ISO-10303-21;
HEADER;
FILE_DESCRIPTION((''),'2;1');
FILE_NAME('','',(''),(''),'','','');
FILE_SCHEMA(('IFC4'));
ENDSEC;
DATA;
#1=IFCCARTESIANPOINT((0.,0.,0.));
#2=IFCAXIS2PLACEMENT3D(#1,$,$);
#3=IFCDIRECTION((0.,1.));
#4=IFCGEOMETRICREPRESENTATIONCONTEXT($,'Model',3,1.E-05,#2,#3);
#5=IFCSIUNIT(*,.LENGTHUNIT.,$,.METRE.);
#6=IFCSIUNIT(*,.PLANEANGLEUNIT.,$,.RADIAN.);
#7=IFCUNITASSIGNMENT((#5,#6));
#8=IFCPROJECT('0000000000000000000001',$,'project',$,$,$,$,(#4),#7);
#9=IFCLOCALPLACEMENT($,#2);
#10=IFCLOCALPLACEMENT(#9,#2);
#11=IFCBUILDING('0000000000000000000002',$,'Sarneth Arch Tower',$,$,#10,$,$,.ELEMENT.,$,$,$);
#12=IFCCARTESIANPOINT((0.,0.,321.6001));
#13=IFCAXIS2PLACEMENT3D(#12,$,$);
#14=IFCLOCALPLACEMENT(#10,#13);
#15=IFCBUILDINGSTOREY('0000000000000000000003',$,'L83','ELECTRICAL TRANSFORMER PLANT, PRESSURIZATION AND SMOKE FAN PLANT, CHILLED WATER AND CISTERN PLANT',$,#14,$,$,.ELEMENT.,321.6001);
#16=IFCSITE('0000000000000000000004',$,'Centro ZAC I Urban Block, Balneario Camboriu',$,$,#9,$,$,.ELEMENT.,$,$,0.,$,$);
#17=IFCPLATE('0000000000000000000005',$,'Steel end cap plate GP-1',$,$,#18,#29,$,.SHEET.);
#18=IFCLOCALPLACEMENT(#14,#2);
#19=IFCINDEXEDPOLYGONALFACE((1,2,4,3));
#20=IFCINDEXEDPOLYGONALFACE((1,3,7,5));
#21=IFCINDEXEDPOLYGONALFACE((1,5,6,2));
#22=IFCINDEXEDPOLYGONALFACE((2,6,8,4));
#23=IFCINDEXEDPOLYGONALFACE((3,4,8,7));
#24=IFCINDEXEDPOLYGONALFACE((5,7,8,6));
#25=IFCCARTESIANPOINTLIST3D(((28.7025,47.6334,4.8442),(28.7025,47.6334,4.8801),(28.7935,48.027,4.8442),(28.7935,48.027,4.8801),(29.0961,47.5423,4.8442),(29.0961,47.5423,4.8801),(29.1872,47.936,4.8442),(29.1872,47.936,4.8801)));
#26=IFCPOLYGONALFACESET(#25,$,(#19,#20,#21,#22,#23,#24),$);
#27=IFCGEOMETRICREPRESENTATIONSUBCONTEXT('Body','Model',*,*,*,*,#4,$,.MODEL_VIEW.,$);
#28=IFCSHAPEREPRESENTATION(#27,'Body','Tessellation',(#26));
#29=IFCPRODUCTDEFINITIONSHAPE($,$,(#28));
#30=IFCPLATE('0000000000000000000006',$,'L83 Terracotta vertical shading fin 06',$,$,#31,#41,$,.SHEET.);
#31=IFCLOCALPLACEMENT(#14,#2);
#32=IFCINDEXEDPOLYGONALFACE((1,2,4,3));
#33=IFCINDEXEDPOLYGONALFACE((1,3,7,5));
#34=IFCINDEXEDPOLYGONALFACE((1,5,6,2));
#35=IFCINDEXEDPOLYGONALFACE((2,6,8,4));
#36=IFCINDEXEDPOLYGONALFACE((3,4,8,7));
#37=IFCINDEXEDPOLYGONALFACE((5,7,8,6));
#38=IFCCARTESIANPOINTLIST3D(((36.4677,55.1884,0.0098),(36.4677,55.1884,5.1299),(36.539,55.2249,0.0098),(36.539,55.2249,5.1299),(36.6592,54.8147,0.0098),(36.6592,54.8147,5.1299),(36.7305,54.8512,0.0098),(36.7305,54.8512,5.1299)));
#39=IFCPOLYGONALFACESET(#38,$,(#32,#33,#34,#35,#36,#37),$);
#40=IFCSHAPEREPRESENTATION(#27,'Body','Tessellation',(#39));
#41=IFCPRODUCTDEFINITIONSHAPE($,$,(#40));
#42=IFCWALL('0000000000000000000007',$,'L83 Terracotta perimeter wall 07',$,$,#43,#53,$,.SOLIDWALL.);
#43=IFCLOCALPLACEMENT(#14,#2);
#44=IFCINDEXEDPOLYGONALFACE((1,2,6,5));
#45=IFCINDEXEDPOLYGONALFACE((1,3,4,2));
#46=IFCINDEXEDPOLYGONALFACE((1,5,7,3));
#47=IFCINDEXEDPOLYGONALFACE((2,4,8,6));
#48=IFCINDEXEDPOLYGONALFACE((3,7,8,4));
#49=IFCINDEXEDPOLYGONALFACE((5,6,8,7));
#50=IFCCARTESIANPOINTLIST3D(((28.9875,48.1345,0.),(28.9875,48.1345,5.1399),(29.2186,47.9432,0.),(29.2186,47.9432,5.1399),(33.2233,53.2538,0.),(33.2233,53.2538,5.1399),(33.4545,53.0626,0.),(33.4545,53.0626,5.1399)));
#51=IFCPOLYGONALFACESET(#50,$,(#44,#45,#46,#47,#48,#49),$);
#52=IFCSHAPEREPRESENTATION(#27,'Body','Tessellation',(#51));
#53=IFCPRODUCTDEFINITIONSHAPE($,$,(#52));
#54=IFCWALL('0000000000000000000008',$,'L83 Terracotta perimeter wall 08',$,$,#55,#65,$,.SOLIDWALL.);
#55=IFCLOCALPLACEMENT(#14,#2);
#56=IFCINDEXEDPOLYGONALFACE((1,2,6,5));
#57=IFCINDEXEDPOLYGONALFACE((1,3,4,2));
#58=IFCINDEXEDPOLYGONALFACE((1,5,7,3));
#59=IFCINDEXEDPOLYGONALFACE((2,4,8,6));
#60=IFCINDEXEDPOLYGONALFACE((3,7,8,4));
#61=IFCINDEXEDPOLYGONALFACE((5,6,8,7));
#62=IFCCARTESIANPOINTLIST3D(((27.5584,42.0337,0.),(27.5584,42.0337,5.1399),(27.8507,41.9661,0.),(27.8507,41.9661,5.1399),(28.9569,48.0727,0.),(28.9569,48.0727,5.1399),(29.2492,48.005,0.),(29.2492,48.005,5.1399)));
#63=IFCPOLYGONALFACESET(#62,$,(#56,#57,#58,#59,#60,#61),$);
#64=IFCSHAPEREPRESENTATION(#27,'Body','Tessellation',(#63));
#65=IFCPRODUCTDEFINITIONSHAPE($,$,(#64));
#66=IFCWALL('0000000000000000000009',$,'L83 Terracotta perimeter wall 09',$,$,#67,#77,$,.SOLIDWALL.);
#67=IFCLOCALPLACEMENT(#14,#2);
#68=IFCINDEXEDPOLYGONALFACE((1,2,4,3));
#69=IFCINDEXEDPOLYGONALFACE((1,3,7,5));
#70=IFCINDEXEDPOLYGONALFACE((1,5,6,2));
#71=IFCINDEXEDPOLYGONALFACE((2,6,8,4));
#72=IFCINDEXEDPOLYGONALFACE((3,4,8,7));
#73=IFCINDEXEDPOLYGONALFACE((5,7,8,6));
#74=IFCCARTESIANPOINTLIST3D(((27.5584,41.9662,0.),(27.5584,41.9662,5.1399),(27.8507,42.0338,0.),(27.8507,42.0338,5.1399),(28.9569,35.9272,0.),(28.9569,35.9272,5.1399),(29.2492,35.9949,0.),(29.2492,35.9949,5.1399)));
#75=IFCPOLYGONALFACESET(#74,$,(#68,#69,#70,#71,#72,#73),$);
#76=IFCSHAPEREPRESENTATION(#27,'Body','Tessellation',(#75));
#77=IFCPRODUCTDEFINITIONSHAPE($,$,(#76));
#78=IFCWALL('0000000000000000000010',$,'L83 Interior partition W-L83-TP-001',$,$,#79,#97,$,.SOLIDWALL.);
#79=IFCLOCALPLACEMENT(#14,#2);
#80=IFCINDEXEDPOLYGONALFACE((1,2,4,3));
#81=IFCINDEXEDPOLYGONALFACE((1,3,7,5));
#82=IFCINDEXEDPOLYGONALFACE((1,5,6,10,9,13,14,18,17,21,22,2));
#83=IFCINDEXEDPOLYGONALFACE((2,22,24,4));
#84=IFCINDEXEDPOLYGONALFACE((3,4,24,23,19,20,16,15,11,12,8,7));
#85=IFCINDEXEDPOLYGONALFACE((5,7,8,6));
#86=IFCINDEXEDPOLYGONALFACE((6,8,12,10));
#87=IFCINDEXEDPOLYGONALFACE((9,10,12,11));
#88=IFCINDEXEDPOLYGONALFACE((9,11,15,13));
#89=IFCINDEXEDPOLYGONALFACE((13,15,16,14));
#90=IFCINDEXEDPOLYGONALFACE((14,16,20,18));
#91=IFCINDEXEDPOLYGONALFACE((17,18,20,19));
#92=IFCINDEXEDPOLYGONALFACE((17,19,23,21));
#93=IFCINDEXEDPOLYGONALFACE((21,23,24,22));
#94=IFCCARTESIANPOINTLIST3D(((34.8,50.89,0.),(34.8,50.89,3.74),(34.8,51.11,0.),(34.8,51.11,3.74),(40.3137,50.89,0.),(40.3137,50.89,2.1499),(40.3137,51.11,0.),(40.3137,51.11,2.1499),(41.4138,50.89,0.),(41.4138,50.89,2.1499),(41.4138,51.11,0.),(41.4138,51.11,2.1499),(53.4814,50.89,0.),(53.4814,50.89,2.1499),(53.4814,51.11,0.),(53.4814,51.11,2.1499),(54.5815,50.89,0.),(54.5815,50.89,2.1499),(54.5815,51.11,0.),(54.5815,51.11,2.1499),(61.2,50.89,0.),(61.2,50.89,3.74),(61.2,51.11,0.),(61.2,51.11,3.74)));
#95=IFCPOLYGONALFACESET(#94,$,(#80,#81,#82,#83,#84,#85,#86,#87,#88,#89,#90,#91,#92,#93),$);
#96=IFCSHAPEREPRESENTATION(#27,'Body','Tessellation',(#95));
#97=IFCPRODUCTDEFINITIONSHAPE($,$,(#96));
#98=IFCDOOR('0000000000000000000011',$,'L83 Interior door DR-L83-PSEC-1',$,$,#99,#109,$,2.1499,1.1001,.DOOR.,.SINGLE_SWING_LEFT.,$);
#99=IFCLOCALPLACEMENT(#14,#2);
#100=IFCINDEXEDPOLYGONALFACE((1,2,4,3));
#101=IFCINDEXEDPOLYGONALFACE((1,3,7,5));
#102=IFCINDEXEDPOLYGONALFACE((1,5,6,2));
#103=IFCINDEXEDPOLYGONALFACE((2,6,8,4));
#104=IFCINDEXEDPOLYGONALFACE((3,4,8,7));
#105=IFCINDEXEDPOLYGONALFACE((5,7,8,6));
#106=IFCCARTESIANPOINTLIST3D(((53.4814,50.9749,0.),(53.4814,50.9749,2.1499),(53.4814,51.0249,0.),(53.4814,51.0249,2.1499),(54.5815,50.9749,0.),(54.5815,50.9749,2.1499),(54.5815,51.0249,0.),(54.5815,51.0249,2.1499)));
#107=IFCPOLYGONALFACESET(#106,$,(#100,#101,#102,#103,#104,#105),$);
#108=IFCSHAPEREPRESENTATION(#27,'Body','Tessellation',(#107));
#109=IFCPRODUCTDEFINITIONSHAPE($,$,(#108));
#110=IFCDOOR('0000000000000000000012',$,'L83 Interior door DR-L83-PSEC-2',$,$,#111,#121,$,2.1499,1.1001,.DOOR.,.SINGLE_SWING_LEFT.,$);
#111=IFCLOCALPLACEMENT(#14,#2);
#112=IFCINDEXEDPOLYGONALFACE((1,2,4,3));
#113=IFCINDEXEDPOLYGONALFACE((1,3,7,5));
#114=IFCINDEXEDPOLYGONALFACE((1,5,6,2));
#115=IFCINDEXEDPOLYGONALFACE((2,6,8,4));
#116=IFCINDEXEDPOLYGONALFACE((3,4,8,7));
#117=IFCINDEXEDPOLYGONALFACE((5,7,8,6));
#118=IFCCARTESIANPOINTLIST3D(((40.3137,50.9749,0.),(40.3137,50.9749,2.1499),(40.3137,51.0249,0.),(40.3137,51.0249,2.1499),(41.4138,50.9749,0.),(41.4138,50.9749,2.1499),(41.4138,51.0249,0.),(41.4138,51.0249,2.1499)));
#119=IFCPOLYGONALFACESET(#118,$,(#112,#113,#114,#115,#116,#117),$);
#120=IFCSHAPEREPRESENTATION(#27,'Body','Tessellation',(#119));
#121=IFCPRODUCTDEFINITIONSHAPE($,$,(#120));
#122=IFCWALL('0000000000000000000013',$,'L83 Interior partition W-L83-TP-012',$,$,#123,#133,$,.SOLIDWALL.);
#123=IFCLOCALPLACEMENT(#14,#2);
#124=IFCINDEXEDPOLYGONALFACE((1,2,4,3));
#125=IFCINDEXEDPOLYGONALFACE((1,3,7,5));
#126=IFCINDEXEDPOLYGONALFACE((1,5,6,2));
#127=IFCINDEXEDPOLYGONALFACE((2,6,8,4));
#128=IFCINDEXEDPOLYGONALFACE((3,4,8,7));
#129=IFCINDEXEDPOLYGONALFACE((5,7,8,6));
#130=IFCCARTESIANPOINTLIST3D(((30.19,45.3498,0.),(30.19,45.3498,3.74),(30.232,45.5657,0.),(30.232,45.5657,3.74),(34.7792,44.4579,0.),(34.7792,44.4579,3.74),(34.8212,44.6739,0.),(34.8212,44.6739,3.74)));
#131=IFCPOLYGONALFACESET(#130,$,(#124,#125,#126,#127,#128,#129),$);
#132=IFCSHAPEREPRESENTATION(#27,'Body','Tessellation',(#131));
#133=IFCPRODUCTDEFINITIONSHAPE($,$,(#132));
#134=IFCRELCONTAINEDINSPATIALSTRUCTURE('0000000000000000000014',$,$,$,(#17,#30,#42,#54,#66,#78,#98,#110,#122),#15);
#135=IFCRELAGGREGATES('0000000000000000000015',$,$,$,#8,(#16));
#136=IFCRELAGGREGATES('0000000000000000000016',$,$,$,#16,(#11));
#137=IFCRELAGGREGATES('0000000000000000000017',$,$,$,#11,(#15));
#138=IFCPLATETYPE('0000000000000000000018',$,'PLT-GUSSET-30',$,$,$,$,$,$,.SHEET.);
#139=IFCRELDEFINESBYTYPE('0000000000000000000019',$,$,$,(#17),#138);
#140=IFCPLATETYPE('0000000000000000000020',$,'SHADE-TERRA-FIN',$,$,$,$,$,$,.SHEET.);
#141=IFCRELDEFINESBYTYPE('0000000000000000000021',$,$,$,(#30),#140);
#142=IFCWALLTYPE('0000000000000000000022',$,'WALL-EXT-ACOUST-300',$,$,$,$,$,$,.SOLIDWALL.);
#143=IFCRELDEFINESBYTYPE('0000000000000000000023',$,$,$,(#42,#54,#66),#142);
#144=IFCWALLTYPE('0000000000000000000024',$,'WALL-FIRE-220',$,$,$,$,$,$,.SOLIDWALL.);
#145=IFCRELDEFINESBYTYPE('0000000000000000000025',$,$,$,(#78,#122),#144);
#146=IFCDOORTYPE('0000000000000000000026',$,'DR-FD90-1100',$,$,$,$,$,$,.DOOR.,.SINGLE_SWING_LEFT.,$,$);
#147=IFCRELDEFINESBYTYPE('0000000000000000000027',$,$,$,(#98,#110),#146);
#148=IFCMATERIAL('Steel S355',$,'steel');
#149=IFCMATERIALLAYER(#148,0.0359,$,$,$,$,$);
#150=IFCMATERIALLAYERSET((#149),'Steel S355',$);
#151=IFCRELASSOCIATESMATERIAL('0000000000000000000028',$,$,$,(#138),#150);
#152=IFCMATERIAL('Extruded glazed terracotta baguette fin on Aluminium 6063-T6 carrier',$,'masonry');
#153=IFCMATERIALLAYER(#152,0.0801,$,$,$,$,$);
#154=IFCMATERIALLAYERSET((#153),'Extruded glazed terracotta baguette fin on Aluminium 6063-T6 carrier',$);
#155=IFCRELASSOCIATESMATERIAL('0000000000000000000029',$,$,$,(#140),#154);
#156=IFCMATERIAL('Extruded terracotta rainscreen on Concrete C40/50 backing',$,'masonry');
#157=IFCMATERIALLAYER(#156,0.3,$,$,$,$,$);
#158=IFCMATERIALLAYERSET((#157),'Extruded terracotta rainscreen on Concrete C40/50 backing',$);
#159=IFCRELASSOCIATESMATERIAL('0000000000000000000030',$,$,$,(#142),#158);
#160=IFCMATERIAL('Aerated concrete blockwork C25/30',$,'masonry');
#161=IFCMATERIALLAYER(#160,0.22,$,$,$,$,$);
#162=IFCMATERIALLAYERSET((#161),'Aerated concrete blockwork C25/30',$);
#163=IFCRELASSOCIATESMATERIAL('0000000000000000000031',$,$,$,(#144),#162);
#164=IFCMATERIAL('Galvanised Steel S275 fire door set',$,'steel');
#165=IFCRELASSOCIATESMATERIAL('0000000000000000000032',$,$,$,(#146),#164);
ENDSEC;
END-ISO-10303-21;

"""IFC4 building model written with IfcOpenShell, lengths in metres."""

from ifc_helpers import new_model, si_unit, direction, frame, frame_2d, origin, origin_2d, place, context, subcontext, project, spatial, rectangle, extrude, material, layer, layer_set, type_object, element, fill, save


model = new_model("IFC4")

# Units and contexts
model_context = context("Model", 3, precision=1e-05, world=origin(), true_north=direction((0.0, 1.0)))
body_context = subcontext(model_context, "Body", "Model", "MODEL_VIEW")
ifc_project = project(units=[si_unit("LENGTHUNIT", "METRE"), si_unit("PLANEANGLEUNIT", "RADIAN")], contexts=[model_context])

# Site, building, storey
site_placement = place(None, origin())
site = spatial("IfcSite", under=ifc_project, at=site_placement, Name="Centro ZAC I Urban Block, Balneario Camboriu", CompositionType="ELEMENT", RefElevation=0.0)
building_placement = place(site_placement, origin())
building = spatial("IfcBuilding", under=site, at=building_placement, Name="Sarneth Arch Tower", CompositionType="ELEMENT")
storey_placement = place(building_placement, frame((0.0, 0.0, 321.6001)))
storey = spatial("IfcBuildingStorey", under=building, at=storey_placement, Name="L83", Description="ELECTRICAL TRANSFORMER PLANT, PRESSURIZATION AND SMOKE FAN PLANT, CHILLED WATER AND CISTERN PLANT", CompositionType="ELEMENT", Elevation=321.6001)

# Plates
ifc_material_1 = material(Name="Steel S355", Category="steel")
ifc_layer_1 = layer(ifc_material_1, 0.0359)
ifc_layer_set_1 = layer_set([ifc_layer_1], Name="Steel S355")
plate_type_1 = type_object("IfcPlateType", Name="PLT-GUSSET-30", PredefinedType="SHEET", material=ifc_layer_set_1)
for number, where, z_axis, x_axis, name in (
    (1, (28.9448, 47.7847, 4.8442), (0.0, 0.0, 1.0), (-0.225291, -0.974291, 0.0), "Steel end cap plate GP-1"),
):
    element("IfcPlate", number, at=place(storey_placement, frame(where, z_axis=z_axis, x_axis=x_axis)), inside=storey, type_object=plate_type_1, Name=name, PredefinedType="SHEET", context=body_context, shape_type="SweptSolid", body=[
        extrude(rectangle(XDim=0.4041, YDim=0.4041, at=origin_2d()), origin(), (0.0, 0.0, 1.0), 0.0359),
    ])
ifc_material_2 = material(Name="Extruded glazed terracotta baguette fin on Aluminium 6063-T6 carrier", Category="masonry")
ifc_layer_2 = layer(ifc_material_2, 0.0801)
ifc_layer_set_2 = layer_set([ifc_layer_2], Name="Extruded glazed terracotta baguette fin on Aluminium 6063-T6 carrier")
plate_type_2 = type_object("IfcPlateType", Name="SHADE-TERRA-FIN", PredefinedType="SHEET", material=ifc_layer_set_2)
plate_1_placement = place(storey_placement, frame((36.5991, 55.0198, 0.0098), z_axis=(0.0, 0.0, 1.0), x_axis=(-0.456011, 0.889974, 0.0)))
element("IfcPlate", 2, at=plate_1_placement, inside=storey, type_object=plate_type_2, Name="L83 Terracotta vertical shading fin 06", PredefinedType="SHEET", context=body_context, shape_type="SweptSolid", body=[
    extrude(rectangle(XDim=0.4199, YDim=0.0801, at=origin_2d()), origin(), (0.0, 0.0, 1.0), 5.1201),
])

# Walls
ifc_material_3 = material(Name="Extruded terracotta rainscreen on Concrete C40/50 backing", Category="masonry")
ifc_layer_3 = layer(ifc_material_3, 0.3)
ifc_layer_set_3 = layer_set([ifc_layer_3], Name="Extruded terracotta rainscreen on Concrete C40/50 backing")
wall_type_1 = type_object("IfcWallType", Name="WALL-EXT-ACOUST-300", PredefinedType="SOLIDWALL", material=ifc_layer_set_3)
wall_1_placement = place(storey_placement, frame((33.3389, 53.1582, 0.0), z_axis=(0.0, 0.0, 1.0), x_axis=(-0.637488, -0.77046, 0.0)))
element("IfcWall", 3, at=wall_1_placement, inside=storey, type_object=wall_type_1, Name="L83 Terracotta perimeter wall 07", PredefinedType="SOLIDWALL", context=body_context, shape_type="SweptSolid", body=[
    extrude(rectangle(XDim=6.6445, YDim=0.3, at=frame_2d((3.3223, 0.0))), origin(), (0.0, 0.0, 1.0), 5.1399),
])
for number, where, z_axis, x_axis, name in (
    (4, (29.103, 48.0388, 0.0), (0.0, 0.0, 1.0), (-0.225604, -0.974219, 0.0), "L83 Terracotta perimeter wall 08"),
    (5, (27.7046, 42.0, 0.0), (0.0, 0.0, 1.0), (0.225604, -0.974219, 0.0), "L83 Terracotta perimeter wall 09"),
):
    element("IfcWall", number, at=place(storey_placement, frame(where, z_axis=z_axis, x_axis=x_axis)), inside=storey, type_object=wall_type_1, Name=name, PredefinedType="SOLIDWALL", context=body_context, shape_type="SweptSolid", body=[
        extrude(rectangle(XDim=6.1987, YDim=0.3, at=frame_2d((3.0994, 0.0))), origin(), (0.0, 0.0, 1.0), 5.1399),
    ])

# Wall, openings, doors
ifc_material_4 = material(Name="Aerated concrete blockwork C25/30", Category="masonry")
ifc_layer_4 = layer(ifc_material_4, 0.22)
ifc_layer_set_4 = layer_set([ifc_layer_4], Name="Aerated concrete blockwork C25/30")
wall_type_2 = type_object("IfcWallType", Name="WALL-FIRE-220", PredefinedType="SOLIDWALL", material=ifc_layer_set_4)
wall_2_placement = place(storey_placement, frame((34.8, 51.0, 0.0), z_axis=(0.0, 0.0, 1.0), x_axis=(1.0, 0.0, 0.0)))
wall_2 = element("IfcWall", 6, at=wall_2_placement, inside=storey, type_object=wall_type_2, Name="L83 Interior partition W-L83-TP-001", PredefinedType="SOLIDWALL", context=body_context, shape_type="SweptSolid", body=[
    extrude(rectangle(XDim=26.3999, YDim=0.22, at=frame_2d((13.2, 0.0))), origin(), (0.0, 0.0, 1.0), 3.74),
])
opening_1_placement = place(wall_2_placement, frame((18.6814, 0.0, 0.0)))
opening_1 = element("IfcOpeningElement", 7, at=opening_1_placement, cuts=wall_2, PredefinedType="OPENING", context=body_context, shape_type="SweptSolid", body=[
    extrude(rectangle(XDim=1.1001, YDim=2.1499, at=frame_2d((0.55, 1.075))), frame((0.0, 0.1199, 0.0), z_axis=(0.0, -1.0, 0.0), x_axis=(1.0, 0.0, 0.0)), (0.0, 0.0, 1.0), 0.24),
])
opening_2_placement = place(wall_2_placement, frame((5.5137, 0.0, 0.0)))
opening_2 = element("IfcOpeningElement", 8, at=opening_2_placement, cuts=wall_2, PredefinedType="OPENING", context=body_context, shape_type="SweptSolid", body=[
    extrude(rectangle(XDim=1.1001, YDim=2.1499, at=frame_2d((0.55, 1.075))), frame((0.0, 0.1199, 0.0), z_axis=(0.0, -1.0, 0.0), x_axis=(1.0, 0.0, 0.0)), (0.0, 0.0, 1.0), 0.24),
])
ifc_material_5 = material(Name="Galvanised Steel S275 fire door set", Category="steel")
door_type = type_object("IfcDoorType", Name="DR-FD90-1100", OperationType="SINGLE_SWING_LEFT", PredefinedType="DOOR", material=ifc_material_5)
door_1_placement = place(opening_1_placement, origin())
door_1 = element("IfcDoor", 9, at=door_1_placement, inside=storey, type_object=door_type, Name="L83 Interior door DR-L83-PSEC-1", OperationType="SINGLE_SWING_LEFT", OverallHeight=2.1499, OverallWidth=1.1001, PredefinedType="DOOR", context=body_context, shape_type="SweptSolid", body=[
    extrude(rectangle(XDim=1.1001, YDim=2.1499, at=frame_2d((0.55, 1.075))), frame((0.0, 0.0249, 0.0), z_axis=(0.0, -1.0, 0.0), x_axis=(1.0, 0.0, 0.0)), (0.0, 0.0, 1.0), 0.05),
])
fill(opening_1, door_1)
door_2_placement = place(opening_2_placement, origin())
door_2 = element("IfcDoor", 10, at=door_2_placement, inside=storey, type_object=door_type, Name="L83 Interior door DR-L83-PSEC-2", OperationType="SINGLE_SWING_LEFT", OverallHeight=2.1499, OverallWidth=1.1001, PredefinedType="DOOR", context=body_context, shape_type="SweptSolid", body=[
    extrude(rectangle(XDim=1.1001, YDim=2.1499, at=frame_2d((0.55, 1.075))), frame((0.0, 0.0249, 0.0), z_axis=(0.0, -1.0, 0.0), x_axis=(1.0, 0.0, 0.0)), (0.0, 0.0, 1.0), 0.05),
])
fill(opening_2, door_2)

# Wall
wall_3_placement = place(storey_placement, frame((34.8, 44.5659, 0.0), z_axis=(0.0, 0.0, 1.0), x_axis=(-0.981635, 0.19077, 0.0)))
element("IfcWall", 11, at=wall_3_placement, inside=storey, type_object=wall_type_2, Name="L83 Interior partition W-L83-TP-012", PredefinedType="SOLIDWALL", context=body_context, shape_type="SweptSolid", body=[
    extrude(rectangle(XDim=4.675, YDim=0.22, at=frame_2d((2.3374, 0.0))), origin(), (0.0, 0.0, 1.0), 3.74),
])

save(model, "model.ifc")
